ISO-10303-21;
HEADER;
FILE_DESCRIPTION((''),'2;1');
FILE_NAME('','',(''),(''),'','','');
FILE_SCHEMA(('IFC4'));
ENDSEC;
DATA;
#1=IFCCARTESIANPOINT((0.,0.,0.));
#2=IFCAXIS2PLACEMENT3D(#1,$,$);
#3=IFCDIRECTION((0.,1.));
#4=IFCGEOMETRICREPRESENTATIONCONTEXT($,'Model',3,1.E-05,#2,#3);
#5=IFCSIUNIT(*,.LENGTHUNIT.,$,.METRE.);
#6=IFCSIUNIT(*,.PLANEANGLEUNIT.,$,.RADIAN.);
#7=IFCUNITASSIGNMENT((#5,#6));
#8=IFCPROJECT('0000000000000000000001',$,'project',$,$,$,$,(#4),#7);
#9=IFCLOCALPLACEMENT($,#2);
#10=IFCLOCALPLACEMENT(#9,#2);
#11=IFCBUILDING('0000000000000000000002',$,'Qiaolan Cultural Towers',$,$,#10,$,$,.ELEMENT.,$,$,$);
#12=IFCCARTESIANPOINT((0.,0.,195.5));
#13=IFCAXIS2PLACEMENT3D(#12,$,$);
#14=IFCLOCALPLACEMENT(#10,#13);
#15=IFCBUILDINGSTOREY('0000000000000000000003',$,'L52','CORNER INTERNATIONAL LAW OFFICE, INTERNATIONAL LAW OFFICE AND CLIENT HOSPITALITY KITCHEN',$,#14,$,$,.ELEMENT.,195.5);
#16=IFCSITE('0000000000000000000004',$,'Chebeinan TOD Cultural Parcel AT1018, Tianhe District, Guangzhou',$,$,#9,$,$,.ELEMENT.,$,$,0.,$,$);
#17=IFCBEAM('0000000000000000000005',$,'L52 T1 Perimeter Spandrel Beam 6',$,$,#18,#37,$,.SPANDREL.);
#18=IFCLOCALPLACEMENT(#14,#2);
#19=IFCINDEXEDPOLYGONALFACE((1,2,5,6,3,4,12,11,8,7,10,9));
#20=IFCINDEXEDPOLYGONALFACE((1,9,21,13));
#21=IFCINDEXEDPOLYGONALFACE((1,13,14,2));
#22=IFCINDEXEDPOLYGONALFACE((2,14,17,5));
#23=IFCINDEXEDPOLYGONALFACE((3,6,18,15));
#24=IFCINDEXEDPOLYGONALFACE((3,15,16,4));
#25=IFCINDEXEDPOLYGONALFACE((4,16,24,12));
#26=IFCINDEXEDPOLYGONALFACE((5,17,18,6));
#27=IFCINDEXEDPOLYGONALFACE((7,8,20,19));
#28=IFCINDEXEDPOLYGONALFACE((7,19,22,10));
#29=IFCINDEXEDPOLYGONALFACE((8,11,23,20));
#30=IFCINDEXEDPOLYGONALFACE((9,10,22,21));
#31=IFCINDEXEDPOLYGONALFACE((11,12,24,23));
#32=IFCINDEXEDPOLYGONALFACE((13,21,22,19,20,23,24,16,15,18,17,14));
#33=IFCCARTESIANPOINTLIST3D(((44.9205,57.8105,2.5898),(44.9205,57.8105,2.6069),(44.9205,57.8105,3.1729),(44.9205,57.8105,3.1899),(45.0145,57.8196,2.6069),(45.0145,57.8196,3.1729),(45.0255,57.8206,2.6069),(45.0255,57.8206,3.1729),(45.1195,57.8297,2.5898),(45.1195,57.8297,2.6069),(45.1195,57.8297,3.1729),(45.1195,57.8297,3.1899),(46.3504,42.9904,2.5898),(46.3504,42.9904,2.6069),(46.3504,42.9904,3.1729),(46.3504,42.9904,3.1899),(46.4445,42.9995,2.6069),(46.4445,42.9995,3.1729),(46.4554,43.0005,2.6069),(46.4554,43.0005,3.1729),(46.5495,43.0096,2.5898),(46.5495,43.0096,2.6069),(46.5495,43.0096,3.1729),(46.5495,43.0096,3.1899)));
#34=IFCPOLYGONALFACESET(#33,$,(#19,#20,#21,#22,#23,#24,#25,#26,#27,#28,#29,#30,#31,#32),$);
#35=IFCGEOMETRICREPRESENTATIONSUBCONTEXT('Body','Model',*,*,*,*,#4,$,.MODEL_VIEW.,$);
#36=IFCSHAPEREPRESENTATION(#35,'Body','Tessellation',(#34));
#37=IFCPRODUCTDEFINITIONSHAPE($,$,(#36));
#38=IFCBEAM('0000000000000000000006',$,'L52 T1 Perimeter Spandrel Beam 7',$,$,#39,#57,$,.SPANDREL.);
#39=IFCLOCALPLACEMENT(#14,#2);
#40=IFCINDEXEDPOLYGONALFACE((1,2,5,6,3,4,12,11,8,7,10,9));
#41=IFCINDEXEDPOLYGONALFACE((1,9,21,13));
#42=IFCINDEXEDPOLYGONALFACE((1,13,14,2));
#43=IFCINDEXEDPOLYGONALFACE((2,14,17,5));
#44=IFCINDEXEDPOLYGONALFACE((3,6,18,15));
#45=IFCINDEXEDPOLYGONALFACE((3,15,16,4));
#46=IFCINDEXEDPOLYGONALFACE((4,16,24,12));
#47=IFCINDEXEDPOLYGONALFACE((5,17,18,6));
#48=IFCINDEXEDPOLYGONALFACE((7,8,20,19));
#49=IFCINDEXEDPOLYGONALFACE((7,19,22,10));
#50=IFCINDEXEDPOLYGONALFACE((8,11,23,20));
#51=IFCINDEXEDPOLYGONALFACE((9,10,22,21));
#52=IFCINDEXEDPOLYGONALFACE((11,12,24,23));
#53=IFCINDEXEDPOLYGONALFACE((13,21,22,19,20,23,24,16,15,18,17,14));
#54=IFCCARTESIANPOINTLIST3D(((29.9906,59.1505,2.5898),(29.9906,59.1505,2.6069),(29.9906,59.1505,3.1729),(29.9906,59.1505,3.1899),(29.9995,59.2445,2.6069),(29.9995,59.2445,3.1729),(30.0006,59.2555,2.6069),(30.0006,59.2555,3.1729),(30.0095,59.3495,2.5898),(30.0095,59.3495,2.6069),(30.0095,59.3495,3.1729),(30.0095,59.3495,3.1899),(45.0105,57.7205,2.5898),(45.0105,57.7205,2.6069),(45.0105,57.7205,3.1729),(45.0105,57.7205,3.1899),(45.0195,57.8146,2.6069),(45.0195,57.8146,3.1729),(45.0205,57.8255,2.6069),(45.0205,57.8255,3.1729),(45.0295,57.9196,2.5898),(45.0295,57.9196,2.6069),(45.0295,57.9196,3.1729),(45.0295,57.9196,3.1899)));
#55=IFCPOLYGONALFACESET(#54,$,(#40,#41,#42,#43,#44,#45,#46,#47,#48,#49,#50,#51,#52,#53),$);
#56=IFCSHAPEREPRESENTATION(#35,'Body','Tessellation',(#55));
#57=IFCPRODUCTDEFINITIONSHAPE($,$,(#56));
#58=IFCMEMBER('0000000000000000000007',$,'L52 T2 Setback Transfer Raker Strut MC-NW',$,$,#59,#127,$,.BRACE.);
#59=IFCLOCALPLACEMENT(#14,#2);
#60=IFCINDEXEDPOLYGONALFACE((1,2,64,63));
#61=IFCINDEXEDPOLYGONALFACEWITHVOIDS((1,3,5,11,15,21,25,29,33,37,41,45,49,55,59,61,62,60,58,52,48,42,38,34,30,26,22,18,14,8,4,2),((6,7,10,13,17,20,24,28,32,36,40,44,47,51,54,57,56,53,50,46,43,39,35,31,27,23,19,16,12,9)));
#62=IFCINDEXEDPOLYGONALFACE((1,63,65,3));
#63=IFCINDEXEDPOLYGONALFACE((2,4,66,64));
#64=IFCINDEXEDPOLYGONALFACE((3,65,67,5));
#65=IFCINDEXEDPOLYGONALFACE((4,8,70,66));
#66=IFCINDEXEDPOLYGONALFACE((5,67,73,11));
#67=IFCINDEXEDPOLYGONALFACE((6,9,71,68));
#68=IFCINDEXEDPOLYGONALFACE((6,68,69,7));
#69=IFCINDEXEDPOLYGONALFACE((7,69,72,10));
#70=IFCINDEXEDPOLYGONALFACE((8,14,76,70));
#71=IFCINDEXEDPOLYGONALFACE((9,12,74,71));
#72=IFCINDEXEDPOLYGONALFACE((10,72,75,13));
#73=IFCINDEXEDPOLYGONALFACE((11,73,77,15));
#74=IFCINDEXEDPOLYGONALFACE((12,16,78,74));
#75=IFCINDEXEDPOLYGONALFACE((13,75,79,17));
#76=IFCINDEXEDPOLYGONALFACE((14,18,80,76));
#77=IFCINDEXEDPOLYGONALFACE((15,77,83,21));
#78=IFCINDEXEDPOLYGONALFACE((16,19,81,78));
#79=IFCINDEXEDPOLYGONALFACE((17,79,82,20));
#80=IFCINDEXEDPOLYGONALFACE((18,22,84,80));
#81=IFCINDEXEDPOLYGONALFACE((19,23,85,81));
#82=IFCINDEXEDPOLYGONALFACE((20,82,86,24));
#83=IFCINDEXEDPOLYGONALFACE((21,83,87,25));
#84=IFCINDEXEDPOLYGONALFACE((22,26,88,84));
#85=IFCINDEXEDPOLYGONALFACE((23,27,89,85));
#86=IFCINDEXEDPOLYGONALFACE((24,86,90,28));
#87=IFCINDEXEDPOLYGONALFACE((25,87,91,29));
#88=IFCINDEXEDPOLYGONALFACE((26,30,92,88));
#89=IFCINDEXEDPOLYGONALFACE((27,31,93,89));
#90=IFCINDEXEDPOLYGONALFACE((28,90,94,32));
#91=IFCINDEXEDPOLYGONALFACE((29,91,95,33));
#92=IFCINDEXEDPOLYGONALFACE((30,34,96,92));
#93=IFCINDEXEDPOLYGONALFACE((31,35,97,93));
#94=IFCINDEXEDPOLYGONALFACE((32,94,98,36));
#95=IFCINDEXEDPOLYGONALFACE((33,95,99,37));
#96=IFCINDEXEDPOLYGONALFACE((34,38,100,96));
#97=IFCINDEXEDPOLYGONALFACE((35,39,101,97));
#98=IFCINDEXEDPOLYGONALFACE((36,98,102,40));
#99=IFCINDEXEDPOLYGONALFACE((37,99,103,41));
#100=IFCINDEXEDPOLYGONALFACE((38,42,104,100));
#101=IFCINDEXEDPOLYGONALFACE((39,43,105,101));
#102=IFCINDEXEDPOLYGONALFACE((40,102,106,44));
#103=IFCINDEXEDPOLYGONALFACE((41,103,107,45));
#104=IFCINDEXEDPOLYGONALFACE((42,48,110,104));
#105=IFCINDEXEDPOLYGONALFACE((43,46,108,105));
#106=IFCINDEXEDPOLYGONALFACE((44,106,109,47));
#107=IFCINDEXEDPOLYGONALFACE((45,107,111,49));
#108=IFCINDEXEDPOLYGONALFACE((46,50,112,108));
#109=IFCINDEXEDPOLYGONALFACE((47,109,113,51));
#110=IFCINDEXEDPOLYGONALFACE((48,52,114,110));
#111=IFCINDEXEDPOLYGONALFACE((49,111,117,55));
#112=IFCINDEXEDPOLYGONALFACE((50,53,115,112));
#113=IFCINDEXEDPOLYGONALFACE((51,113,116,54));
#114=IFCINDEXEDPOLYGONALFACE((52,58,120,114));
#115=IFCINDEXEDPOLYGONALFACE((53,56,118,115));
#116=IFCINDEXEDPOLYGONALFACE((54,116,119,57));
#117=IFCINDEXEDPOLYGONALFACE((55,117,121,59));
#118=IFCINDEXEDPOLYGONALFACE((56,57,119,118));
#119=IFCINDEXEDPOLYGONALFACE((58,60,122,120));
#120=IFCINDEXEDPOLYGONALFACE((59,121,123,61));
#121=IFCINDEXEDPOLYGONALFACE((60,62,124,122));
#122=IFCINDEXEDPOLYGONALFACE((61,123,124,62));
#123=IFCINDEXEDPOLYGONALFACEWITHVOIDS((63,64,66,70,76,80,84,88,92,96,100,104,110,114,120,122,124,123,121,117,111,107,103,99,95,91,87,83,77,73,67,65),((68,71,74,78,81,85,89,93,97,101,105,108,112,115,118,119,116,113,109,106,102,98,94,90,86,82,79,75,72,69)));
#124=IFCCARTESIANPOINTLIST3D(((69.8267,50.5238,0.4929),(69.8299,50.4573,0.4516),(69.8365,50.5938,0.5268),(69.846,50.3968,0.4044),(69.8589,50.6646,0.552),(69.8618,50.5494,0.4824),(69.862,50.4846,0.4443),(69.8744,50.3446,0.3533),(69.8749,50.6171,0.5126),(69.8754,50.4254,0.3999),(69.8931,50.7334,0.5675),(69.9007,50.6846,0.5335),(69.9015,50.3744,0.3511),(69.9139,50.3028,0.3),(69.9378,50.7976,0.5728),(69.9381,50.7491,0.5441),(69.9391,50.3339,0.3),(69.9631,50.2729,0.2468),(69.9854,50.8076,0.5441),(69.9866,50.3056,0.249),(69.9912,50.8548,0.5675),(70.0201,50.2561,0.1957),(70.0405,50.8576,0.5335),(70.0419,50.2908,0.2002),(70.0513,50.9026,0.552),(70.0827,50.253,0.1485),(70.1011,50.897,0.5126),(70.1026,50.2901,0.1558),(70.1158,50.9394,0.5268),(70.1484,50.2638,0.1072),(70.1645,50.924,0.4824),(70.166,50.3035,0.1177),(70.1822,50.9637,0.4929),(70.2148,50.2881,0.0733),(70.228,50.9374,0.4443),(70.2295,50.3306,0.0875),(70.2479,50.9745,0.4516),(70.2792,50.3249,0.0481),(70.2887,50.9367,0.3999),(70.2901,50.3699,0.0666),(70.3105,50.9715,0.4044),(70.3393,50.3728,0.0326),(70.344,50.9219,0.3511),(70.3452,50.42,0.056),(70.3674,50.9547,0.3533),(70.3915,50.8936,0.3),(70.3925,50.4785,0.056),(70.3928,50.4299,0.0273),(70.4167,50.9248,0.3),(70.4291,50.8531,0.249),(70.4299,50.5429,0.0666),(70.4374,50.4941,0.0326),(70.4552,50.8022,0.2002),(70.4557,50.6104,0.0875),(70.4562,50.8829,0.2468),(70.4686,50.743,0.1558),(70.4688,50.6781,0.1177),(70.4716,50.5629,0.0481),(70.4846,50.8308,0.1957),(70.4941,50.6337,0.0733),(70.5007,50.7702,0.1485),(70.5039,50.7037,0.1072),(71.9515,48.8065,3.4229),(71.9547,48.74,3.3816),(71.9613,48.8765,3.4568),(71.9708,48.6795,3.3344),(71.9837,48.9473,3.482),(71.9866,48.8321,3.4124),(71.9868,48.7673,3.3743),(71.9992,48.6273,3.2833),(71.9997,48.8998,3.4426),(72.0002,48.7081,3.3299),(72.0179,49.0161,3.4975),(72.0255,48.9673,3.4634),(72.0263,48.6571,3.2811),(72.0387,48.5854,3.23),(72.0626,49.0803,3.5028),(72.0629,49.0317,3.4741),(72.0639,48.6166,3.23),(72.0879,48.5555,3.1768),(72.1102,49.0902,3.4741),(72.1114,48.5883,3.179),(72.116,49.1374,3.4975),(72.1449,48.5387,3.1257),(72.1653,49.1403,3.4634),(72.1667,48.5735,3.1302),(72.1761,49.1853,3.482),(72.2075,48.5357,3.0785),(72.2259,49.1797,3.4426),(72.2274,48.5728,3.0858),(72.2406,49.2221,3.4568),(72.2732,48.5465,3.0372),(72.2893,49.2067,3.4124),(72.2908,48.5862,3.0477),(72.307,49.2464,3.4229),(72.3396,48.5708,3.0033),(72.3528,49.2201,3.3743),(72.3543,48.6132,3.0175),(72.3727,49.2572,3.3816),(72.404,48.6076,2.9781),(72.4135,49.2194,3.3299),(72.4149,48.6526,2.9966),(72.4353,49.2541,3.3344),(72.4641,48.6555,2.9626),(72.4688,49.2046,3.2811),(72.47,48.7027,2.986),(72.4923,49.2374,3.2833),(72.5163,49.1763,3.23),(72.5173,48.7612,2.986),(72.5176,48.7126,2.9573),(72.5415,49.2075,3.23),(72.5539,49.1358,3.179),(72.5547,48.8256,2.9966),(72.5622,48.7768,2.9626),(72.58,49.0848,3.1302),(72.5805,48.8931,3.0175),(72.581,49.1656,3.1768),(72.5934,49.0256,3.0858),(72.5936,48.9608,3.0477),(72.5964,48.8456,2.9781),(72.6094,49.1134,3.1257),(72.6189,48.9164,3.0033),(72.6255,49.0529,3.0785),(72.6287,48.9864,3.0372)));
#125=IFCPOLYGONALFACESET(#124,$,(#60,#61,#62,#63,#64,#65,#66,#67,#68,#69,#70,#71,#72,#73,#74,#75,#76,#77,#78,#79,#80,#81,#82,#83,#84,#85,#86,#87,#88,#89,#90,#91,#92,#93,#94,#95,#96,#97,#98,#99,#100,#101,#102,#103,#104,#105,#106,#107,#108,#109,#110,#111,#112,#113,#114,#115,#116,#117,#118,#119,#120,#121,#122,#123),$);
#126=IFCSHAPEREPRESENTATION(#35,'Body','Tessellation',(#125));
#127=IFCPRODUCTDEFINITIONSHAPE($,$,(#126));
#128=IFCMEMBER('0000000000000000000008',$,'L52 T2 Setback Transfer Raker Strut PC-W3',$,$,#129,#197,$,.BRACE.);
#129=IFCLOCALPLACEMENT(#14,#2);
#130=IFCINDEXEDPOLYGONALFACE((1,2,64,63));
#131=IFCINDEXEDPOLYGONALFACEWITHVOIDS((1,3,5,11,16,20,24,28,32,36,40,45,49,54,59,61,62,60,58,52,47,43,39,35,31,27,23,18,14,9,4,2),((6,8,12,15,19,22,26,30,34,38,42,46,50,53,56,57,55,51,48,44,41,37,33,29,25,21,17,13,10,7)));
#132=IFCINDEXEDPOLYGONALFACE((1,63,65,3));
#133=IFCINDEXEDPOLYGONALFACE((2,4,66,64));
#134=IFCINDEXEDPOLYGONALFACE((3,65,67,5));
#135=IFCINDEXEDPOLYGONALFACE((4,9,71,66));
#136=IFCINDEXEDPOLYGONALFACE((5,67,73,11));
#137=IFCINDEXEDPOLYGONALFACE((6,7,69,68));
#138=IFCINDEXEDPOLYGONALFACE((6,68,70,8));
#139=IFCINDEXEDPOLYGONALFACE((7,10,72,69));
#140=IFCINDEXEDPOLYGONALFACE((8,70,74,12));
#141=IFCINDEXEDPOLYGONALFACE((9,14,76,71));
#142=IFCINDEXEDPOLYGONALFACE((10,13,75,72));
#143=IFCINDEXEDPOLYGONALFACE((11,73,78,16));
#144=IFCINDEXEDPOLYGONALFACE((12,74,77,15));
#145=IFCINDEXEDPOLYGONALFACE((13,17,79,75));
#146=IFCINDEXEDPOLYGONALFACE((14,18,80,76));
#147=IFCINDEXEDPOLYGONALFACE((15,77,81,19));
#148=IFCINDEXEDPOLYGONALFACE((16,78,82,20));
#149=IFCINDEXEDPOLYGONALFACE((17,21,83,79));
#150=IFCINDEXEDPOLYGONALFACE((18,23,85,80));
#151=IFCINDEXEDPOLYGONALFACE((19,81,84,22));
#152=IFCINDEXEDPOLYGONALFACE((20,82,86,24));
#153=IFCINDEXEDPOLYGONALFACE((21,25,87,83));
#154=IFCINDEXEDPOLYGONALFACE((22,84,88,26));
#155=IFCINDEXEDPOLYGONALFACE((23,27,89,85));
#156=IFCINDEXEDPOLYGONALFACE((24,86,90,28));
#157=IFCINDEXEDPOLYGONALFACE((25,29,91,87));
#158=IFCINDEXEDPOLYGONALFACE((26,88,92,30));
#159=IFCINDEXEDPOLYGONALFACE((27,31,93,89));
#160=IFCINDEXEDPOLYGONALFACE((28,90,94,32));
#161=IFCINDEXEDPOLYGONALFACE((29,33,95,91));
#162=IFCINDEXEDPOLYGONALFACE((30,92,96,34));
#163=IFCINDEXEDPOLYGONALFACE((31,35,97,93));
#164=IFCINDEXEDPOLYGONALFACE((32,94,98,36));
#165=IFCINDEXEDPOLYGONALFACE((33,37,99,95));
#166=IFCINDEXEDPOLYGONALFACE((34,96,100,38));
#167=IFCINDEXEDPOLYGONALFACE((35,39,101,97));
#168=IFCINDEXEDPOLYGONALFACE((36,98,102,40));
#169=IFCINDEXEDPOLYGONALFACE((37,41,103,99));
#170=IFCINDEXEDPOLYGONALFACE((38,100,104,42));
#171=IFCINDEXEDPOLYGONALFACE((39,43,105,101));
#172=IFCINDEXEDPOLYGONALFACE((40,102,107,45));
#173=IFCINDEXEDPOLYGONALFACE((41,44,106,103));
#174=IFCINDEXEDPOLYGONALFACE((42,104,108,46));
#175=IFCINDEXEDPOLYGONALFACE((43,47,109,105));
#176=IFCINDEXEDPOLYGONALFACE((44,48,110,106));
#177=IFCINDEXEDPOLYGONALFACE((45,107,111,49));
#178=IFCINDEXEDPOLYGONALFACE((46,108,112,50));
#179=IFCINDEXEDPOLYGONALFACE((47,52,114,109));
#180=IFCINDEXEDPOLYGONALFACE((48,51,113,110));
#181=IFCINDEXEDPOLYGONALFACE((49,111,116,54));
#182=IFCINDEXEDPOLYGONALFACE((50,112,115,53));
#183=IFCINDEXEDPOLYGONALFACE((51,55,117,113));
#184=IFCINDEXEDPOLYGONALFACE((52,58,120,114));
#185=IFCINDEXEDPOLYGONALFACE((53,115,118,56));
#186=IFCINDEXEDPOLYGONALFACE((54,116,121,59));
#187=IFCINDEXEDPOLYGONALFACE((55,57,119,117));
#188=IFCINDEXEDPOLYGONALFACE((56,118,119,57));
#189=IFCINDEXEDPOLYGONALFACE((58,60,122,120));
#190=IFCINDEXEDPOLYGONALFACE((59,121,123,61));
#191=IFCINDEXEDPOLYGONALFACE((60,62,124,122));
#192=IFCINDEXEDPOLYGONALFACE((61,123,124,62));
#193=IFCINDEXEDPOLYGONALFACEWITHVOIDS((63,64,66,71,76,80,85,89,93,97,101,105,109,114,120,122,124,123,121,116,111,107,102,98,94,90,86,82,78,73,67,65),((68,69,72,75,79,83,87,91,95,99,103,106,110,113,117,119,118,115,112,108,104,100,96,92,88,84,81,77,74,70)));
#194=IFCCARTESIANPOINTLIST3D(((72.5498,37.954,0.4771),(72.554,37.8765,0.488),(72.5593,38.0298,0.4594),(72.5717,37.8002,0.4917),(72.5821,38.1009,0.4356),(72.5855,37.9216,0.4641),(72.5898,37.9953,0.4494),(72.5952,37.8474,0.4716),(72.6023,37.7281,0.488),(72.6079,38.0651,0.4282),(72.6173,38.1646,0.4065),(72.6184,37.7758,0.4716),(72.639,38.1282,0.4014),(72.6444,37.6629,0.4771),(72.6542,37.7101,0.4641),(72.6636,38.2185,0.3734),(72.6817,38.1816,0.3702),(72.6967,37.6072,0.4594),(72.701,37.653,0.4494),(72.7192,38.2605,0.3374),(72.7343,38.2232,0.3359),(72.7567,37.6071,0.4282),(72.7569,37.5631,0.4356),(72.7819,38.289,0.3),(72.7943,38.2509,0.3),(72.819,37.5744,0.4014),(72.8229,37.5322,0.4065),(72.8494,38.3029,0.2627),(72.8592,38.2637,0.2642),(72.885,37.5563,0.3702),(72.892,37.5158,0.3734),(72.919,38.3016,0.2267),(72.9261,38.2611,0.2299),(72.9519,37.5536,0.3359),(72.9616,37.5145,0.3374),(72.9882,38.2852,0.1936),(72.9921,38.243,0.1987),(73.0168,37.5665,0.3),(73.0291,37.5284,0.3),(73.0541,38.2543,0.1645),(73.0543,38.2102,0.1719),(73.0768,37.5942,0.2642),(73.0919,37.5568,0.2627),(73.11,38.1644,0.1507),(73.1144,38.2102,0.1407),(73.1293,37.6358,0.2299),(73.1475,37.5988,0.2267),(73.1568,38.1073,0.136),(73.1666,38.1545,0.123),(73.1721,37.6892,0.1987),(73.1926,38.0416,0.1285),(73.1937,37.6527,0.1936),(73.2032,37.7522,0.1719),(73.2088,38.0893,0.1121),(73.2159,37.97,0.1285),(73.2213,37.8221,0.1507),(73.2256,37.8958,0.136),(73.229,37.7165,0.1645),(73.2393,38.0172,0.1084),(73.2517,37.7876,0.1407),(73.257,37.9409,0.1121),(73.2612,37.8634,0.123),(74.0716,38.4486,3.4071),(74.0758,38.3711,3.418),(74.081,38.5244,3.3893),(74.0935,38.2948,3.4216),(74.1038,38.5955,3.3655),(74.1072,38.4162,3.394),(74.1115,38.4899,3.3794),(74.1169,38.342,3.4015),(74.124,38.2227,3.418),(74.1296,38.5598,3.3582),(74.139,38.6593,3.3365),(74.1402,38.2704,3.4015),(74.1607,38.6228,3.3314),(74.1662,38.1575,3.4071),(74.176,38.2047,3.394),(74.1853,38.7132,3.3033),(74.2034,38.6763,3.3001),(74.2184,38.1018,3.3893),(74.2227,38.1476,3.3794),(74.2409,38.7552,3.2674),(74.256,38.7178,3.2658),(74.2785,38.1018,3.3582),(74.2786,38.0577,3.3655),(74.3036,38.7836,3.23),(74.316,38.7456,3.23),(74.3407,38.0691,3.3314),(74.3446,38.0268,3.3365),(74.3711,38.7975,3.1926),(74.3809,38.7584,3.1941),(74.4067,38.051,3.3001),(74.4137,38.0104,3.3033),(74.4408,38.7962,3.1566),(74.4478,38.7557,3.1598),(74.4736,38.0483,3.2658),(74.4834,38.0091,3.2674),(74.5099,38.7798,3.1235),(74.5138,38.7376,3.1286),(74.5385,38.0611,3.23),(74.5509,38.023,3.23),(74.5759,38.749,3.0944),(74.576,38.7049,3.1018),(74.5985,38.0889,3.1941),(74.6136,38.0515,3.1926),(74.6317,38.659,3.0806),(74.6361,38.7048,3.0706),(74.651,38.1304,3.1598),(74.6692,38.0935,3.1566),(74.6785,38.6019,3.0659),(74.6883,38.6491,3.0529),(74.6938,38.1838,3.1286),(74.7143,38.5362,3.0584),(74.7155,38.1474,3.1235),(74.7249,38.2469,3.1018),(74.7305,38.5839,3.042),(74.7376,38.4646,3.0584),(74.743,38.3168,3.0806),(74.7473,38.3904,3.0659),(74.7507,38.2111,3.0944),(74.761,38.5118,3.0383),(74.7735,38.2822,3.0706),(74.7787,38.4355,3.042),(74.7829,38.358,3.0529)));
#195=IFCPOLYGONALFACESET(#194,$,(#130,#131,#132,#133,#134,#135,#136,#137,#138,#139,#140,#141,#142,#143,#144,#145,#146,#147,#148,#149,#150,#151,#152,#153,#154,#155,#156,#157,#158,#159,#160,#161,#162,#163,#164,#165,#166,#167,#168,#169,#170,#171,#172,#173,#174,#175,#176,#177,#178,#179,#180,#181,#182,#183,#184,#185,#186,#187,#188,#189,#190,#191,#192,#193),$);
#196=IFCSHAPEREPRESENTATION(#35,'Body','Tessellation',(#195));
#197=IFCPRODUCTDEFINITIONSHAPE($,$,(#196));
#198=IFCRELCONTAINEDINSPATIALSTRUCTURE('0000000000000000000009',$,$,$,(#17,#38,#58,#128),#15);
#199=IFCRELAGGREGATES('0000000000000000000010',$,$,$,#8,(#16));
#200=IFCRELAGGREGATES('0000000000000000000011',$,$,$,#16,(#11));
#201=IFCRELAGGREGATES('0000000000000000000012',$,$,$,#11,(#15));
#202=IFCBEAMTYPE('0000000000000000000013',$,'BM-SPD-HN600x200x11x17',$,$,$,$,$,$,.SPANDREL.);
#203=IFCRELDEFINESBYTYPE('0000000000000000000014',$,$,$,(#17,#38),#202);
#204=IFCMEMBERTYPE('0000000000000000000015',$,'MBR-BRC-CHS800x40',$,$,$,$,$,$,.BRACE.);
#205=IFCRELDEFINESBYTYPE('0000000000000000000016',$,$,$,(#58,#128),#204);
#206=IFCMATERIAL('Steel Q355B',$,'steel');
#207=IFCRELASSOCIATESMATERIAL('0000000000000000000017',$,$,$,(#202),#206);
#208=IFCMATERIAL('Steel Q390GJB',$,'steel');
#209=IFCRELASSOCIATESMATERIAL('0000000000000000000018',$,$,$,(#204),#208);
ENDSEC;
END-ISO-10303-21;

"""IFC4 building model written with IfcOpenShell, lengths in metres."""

from ifc_helpers import new_model, si_unit, direction, frame, origin, origin_2d, place, context, subcontext, project, spatial, hollow_circle, i_section, extrude, material, material_profile, profile_set, type_object, element, save


model = new_model("IFC4")

# Units and contexts
model_context = context("Model", 3, precision=1e-05, world=origin(), true_north=direction((0.0, 1.0)))
body_context = subcontext(model_context, "Body", "Model", "MODEL_VIEW")
ifc_project = project(units=[si_unit("LENGTHUNIT", "METRE"), si_unit("PLANEANGLEUNIT", "RADIAN")], contexts=[model_context])

# Site, building, storey
site_placement = place(None, origin())
site = spatial("IfcSite", under=ifc_project, at=site_placement, Name="Chebeinan TOD Cultural Parcel AT1018, Tianhe District, Guangzhou", CompositionType="ELEMENT", RefElevation=0.0)
building_placement = place(site_placement, origin())
building = spatial("IfcBuilding", under=site, at=building_placement, Name="Qiaolan Cultural Towers", CompositionType="ELEMENT")
storey_placement = place(building_placement, frame((0.0, 0.0, 195.5)))
storey = spatial("IfcBuildingStorey", under=building, at=storey_placement, Name="L52", Description="CORNER INTERNATIONAL LAW OFFICE, INTERNATIONAL LAW OFFICE AND CLIENT HOSPITALITY KITCHEN", CompositionType="ELEMENT", Elevation=195.5)

# Beams
ifc_material_1 = material(Name="Steel Q355B", Category="steel")
ifc_material_profile_1 = material_profile(ifc_material_1, i_section(OverallWidth=0.2, OverallDepth=0.6001, WebThickness=0.011, FlangeThickness=0.0171, at=origin_2d()), Name="HN600x200x11x17")
ifc_profile_set_1 = profile_set([ifc_material_profile_1], Name="Steel Q355B")
beam_type_1 = type_object("IfcBeamType", Name="BM-SPD-HN600x200x11x17", PredefinedType="SPANDREL", material=ifc_profile_set_1)
beam_1_placement = place(storey_placement, frame((46.45, 43.0, 2.8899), z_axis=(-0.09604, 0.995377, 0.0), x_axis=(-0.995377, -0.09604, 0.0)))
element("IfcBeam", 1, at=beam_1_placement, inside=storey, type_object=beam_type_1, Name="L52 T1 Perimeter Spandrel Beam 6", PredefinedType="SPANDREL", context=body_context, shape_type="SweptSolid", body=[
    extrude(i_section(OverallWidth=0.2, OverallDepth=0.6001, WebThickness=0.011, FlangeThickness=0.0171, at=origin_2d()), origin(), (0.0, 0.0, 1.0), 14.8889),
])
beam_2_placement = place(storey_placement, frame((45.02, 57.8201, 2.8899), z_axis=(-0.995499, 0.094773, 0.0), x_axis=(-0.094773, -0.995499, 0.0)))
element("IfcBeam", 2, at=beam_2_placement, inside=storey, type_object=beam_type_1, Name="L52 T1 Perimeter Spandrel Beam 7", PredefinedType="SPANDREL", context=body_context, shape_type="SweptSolid", body=[
    extrude(i_section(OverallWidth=0.2, OverallDepth=0.6001, WebThickness=0.011, FlangeThickness=0.0171, at=origin_2d()), origin(), (0.0, 0.0, 1.0), 15.0879),
])

# Members
ifc_material_2 = material(Name="Steel Q390GJB", Category="steel")
ifc_material_profile_2 = material_profile(ifc_material_2, hollow_circle(Radius=0.3999, WallThickness=0.04, at=origin_2d()), Name="CHS800x40")
ifc_profile_set_2 = profile_set([ifc_material_profile_2], Name="Steel Q390GJB")
member_type = type_object("IfcMemberType", Name="MBR-BRC-CHS800x40", PredefinedType="BRACE", material=ifc_profile_set_2)
member_1_placement = place(storey_placement, frame((70.1653, 50.6138, 0.3), z_axis=(0.530391, -0.428677, 0.731383), x_axis=(0.628589, 0.777738, 0.0)))
element("IfcMember", 3, at=member_1_placement, inside=storey, type_object=member_type, Name="L52 T2 Setback Transfer Raker Strut MC-NW", PredefinedType="BRACE", context=body_context, shape_type="SweptSolid", body=[
    extrude(hollow_circle(Radius=0.3999, WallThickness=0.04, at=origin_2d()), origin(), (0.0, 0.0, 1.0), 4.0061),
])
member_2_placement = place(storey_placement, frame((72.9055, 37.9087, 0.3), z_axis=(0.455828, 0.148164, 0.877649), x_axis=(-0.309124, 0.951022, 0.0)))
element("IfcMember", 4, at=member_2_placement, inside=storey, type_object=member_type, Name="L52 T2 Setback Transfer Raker Strut PC-W3", PredefinedType="BRACE", context=body_context, shape_type="SweptSolid", body=[
    extrude(hollow_circle(Radius=0.3999, WallThickness=0.04, at=origin_2d()), origin(), (0.0, 0.0, 1.0), 3.3384),
])

save(model, "model.ifc")
